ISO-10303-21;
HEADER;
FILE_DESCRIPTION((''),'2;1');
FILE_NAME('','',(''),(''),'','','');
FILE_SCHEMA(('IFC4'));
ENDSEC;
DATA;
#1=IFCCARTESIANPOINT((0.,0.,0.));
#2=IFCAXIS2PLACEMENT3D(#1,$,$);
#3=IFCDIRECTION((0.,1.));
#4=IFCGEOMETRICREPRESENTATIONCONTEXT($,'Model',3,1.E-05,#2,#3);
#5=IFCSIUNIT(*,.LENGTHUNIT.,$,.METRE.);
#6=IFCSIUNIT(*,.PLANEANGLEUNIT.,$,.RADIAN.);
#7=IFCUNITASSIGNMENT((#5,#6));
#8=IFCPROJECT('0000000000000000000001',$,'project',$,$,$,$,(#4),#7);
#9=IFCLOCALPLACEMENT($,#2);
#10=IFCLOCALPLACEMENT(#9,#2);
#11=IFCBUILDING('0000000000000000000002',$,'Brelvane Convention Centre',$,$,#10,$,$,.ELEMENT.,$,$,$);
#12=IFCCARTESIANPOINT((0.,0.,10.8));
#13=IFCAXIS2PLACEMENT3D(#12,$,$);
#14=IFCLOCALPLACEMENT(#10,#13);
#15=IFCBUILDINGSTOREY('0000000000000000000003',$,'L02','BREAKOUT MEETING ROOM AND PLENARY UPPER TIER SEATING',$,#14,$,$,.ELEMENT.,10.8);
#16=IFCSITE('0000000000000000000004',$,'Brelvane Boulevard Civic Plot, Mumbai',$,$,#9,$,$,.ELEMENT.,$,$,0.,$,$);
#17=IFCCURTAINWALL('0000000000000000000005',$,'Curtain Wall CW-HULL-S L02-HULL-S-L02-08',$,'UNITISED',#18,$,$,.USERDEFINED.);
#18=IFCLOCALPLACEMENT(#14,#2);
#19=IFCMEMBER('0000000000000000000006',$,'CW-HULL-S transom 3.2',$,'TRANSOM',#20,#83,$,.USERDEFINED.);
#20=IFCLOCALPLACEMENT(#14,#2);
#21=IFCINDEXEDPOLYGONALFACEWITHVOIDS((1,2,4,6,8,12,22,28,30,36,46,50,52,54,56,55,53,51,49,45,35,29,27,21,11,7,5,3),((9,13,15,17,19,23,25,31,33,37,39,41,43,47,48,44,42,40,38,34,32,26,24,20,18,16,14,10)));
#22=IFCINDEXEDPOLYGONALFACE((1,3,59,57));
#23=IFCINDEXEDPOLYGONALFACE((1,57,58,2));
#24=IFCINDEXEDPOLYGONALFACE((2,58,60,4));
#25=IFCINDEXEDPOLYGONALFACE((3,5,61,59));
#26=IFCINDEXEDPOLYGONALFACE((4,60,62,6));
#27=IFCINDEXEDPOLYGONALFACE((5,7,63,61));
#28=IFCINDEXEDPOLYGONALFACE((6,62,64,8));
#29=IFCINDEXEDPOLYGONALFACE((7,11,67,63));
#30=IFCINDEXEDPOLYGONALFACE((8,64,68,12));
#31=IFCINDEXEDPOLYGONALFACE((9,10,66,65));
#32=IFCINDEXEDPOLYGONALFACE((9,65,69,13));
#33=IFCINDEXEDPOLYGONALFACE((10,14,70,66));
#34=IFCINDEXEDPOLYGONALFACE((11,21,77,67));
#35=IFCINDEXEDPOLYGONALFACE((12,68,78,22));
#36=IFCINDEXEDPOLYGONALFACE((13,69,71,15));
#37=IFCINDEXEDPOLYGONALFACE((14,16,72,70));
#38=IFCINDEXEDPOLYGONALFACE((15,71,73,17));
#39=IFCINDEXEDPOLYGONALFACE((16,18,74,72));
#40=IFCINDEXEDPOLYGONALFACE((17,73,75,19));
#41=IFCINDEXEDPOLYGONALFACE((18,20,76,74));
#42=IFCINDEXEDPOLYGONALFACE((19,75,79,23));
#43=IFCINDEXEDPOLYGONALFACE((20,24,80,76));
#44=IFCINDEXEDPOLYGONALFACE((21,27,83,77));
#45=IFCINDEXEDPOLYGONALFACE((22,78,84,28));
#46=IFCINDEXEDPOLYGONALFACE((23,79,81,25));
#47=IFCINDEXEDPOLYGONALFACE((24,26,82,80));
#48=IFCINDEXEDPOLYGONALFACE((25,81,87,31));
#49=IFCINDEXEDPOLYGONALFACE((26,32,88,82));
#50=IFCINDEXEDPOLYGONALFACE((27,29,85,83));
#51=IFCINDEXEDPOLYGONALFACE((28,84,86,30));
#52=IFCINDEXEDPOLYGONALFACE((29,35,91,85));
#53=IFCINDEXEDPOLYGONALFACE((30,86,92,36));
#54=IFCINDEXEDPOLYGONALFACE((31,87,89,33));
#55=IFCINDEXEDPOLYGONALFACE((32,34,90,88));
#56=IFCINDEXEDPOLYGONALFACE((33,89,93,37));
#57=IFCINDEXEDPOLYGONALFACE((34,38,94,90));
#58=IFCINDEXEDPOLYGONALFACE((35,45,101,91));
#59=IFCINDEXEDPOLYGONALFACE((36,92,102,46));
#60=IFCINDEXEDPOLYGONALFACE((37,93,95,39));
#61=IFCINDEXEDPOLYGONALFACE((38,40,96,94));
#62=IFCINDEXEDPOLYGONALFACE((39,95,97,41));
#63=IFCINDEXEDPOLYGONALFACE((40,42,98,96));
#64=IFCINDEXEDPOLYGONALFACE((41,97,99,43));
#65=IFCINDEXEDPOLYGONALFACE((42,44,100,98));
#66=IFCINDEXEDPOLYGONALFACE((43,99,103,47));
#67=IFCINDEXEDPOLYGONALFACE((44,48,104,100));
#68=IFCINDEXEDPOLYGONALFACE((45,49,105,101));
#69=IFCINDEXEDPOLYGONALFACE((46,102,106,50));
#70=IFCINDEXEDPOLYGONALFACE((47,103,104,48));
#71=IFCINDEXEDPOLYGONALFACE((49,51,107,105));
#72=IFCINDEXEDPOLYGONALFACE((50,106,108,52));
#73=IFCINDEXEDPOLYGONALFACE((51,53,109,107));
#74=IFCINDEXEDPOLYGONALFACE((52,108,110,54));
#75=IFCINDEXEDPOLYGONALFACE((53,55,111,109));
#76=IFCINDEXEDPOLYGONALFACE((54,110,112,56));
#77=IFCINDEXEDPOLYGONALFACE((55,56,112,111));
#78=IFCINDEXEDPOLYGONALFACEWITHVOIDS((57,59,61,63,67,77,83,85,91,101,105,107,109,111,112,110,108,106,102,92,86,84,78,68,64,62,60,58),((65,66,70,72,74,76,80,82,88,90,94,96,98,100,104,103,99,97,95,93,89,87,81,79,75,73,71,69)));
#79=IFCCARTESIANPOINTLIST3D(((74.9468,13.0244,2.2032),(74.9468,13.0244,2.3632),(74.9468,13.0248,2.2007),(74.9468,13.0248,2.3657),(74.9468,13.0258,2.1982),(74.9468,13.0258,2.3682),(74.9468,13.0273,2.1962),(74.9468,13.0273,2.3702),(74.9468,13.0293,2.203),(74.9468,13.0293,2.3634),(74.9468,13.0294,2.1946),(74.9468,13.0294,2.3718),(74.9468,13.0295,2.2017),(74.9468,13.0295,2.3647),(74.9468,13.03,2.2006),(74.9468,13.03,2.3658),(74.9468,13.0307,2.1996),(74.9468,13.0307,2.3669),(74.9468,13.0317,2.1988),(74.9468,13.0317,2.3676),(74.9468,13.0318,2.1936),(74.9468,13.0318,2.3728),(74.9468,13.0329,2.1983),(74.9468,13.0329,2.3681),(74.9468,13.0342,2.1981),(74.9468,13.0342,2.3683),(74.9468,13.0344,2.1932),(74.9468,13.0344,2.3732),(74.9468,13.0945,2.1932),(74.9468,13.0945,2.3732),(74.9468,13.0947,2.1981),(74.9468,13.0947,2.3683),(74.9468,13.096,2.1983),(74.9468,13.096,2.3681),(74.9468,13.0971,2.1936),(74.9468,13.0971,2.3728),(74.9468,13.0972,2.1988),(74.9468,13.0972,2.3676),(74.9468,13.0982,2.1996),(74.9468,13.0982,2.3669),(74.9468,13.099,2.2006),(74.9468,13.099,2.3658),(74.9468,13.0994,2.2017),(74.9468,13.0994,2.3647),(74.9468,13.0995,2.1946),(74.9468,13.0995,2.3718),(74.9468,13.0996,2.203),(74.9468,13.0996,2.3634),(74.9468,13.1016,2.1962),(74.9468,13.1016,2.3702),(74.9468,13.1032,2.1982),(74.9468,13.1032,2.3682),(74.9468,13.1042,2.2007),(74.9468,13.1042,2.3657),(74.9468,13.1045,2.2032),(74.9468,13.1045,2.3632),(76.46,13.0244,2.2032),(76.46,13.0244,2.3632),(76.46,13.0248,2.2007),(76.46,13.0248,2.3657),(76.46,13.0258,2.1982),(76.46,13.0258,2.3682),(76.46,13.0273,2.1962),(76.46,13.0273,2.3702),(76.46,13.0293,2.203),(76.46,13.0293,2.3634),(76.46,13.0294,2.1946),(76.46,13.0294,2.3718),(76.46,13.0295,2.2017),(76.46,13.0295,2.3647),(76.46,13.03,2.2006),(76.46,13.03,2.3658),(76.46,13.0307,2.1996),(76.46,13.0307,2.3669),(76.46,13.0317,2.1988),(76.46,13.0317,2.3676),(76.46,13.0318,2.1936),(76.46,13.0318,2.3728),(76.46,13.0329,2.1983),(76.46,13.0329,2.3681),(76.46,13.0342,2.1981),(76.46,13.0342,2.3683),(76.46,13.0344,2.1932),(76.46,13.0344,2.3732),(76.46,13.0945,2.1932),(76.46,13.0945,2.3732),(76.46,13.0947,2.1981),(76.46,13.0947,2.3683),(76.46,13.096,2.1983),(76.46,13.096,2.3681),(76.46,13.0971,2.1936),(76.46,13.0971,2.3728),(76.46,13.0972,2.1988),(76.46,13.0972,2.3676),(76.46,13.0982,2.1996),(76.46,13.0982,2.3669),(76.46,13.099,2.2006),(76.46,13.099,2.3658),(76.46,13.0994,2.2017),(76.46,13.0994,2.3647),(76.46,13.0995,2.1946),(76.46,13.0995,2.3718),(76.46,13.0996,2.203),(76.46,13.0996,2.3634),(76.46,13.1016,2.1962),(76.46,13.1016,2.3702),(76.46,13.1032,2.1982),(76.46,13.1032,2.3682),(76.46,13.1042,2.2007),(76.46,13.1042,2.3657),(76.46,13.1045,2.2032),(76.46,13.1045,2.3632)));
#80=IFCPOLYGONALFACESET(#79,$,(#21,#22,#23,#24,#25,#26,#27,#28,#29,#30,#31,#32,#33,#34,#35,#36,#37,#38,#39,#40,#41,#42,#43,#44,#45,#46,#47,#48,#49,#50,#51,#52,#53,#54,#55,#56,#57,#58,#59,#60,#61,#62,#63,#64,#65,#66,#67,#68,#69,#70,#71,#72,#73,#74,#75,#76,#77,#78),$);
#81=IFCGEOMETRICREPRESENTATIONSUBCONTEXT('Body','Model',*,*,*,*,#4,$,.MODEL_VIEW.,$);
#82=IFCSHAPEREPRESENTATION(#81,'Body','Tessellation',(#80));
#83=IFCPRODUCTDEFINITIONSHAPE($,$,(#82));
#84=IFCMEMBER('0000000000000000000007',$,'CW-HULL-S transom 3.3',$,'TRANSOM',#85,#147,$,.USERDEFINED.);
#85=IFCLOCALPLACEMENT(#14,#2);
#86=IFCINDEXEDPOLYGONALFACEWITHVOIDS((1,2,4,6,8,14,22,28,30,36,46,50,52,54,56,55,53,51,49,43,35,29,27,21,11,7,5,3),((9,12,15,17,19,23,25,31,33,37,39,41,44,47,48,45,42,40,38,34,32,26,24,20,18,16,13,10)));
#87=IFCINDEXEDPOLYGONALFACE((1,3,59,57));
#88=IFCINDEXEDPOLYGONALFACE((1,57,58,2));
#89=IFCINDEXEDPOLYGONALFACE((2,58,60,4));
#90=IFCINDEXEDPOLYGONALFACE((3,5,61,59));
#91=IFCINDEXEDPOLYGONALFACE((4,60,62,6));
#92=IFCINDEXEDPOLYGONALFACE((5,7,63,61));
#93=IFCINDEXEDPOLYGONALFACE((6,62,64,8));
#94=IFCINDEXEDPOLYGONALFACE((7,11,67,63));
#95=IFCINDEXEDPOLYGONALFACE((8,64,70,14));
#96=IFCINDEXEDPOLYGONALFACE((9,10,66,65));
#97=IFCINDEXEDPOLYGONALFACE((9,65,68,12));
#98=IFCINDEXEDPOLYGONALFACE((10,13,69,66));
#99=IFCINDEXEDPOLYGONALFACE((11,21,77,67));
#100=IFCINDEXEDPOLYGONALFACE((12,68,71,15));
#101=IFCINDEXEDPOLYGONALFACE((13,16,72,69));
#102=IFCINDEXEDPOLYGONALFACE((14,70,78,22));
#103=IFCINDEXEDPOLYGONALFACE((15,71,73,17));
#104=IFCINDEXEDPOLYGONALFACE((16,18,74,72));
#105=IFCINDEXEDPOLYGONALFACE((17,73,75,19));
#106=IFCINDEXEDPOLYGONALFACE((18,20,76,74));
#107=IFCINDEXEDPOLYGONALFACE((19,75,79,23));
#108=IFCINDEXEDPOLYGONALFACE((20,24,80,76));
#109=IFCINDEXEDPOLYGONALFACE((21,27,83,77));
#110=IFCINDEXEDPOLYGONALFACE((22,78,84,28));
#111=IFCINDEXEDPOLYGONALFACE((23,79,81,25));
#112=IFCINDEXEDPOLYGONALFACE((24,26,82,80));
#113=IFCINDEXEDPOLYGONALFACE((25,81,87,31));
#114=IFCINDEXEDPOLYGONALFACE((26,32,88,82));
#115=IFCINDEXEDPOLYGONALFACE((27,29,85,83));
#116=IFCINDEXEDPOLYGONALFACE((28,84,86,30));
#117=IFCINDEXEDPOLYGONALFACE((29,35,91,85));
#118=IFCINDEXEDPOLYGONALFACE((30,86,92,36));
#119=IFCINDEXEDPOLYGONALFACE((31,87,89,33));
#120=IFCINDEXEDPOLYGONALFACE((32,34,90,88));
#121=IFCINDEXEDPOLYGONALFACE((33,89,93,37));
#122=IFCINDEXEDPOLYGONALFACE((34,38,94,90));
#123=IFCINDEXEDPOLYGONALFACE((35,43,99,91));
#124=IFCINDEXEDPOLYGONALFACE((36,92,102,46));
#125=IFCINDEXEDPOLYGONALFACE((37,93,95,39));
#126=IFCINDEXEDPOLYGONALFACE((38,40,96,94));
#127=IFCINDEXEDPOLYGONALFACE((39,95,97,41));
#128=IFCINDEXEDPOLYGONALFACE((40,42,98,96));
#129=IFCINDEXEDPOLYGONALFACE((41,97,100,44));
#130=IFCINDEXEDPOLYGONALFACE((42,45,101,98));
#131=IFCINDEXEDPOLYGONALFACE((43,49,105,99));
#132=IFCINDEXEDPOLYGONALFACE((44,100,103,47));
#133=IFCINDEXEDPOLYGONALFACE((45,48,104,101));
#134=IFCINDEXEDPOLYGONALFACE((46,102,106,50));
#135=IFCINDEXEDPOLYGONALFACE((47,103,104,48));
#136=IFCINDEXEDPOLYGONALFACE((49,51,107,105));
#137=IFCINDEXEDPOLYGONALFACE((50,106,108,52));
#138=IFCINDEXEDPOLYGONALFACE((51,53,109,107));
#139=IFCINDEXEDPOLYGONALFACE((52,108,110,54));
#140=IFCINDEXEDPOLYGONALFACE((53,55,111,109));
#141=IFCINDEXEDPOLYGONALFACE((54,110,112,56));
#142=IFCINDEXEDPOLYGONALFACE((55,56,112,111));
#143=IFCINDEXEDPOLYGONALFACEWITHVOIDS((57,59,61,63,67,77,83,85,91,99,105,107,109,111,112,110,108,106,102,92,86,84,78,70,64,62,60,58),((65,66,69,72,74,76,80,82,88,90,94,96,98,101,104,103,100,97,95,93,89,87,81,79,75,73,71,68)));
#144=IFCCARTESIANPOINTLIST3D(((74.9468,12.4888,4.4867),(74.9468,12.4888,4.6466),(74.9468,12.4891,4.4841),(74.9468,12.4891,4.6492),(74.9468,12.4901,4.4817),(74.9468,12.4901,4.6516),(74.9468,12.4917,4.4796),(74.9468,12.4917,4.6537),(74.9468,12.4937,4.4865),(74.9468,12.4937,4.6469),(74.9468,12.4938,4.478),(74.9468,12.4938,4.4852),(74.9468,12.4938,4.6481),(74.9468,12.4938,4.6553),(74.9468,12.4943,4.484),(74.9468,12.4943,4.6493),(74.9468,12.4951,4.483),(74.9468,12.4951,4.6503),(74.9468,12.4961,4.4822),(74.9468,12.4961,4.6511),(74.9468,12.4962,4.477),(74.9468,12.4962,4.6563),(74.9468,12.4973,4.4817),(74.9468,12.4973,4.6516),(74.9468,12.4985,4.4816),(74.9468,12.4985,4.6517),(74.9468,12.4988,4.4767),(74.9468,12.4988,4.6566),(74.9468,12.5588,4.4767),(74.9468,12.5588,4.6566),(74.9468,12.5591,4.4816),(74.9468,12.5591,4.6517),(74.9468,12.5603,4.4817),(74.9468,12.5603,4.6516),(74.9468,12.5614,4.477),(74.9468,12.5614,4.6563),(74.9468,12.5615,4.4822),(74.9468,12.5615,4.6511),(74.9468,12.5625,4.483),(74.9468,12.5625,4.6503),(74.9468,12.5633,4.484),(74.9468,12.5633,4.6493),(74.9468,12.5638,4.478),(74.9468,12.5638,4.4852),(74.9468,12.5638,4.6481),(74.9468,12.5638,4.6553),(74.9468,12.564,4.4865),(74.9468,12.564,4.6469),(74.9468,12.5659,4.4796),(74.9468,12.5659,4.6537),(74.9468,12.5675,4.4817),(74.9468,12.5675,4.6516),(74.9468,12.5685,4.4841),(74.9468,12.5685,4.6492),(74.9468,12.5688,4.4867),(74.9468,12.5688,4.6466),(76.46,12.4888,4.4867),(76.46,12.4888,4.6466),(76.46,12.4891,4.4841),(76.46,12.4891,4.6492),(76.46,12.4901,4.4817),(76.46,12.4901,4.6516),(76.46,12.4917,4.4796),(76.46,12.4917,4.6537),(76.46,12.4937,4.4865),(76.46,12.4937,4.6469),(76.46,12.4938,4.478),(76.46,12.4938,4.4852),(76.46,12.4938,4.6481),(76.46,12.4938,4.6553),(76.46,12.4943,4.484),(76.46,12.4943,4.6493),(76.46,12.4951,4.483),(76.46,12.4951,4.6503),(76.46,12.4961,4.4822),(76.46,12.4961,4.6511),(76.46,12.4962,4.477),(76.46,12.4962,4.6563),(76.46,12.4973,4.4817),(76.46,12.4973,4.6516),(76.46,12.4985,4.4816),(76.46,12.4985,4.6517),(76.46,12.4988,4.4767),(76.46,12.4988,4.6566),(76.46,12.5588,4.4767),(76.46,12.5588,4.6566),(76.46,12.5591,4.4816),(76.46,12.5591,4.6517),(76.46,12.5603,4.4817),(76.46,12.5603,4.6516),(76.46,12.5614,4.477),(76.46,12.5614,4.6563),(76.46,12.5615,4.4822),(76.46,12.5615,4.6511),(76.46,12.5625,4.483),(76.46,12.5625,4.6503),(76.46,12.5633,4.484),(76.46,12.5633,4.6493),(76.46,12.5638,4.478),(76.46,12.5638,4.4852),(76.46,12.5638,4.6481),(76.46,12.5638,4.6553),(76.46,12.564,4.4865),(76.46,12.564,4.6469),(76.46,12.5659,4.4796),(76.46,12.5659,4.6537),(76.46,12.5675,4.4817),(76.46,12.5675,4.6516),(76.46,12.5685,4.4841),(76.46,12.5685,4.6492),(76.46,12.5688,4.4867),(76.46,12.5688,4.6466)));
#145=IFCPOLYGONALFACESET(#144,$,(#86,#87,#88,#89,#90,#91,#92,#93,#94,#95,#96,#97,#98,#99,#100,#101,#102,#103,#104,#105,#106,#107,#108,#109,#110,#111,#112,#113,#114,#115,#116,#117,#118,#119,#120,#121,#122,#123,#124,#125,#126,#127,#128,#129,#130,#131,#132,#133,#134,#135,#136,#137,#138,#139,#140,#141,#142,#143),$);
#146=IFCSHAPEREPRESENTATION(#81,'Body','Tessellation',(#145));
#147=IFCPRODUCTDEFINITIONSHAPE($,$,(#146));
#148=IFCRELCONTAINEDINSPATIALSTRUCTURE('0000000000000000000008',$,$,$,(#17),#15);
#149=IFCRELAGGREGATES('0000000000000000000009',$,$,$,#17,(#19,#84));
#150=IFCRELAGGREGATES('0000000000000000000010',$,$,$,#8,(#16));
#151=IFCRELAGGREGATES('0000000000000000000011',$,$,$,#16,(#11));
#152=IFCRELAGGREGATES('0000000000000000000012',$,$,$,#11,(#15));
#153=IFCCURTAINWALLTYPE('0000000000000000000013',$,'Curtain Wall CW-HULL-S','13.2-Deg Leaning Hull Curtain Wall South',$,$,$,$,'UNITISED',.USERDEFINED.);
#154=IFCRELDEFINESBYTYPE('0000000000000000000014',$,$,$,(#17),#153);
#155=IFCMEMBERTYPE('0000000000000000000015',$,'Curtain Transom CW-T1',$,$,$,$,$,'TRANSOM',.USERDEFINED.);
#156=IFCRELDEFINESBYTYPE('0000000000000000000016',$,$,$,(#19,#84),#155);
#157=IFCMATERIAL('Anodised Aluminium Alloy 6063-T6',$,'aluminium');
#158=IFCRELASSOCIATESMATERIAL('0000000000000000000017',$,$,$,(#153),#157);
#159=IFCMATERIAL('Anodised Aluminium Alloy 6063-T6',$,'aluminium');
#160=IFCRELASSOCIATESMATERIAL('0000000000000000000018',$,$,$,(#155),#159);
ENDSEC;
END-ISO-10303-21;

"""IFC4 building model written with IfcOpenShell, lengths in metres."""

from ifc_helpers import new_model, si_unit, direction, frame, origin, origin_2d, place, context, subcontext, project, spatial, hollow_rectangle, extrude, material, material_profile, profile_set, type_object, element, aggregate, save


model = new_model("IFC4")

# Units and contexts
model_context = context("Model", 3, precision=1e-05, world=origin(), true_north=direction((0.0, 1.0)))
body_context = subcontext(model_context, "Body", "Model", "MODEL_VIEW")
ifc_project = project(units=[si_unit("LENGTHUNIT", "METRE"), si_unit("PLANEANGLEUNIT", "RADIAN")], contexts=[model_context])

# Site, building, storey
site_placement = place(None, origin())
site = spatial("IfcSite", under=ifc_project, at=site_placement, Name="Brelvane Boulevard Civic Plot, Mumbai", CompositionType="ELEMENT", RefElevation=0.0)
building_placement = place(site_placement, origin())
building = spatial("IfcBuilding", under=site, at=building_placement, Name="Brelvane Convention Centre", CompositionType="ELEMENT")
storey_placement = place(building_placement, frame((0.0, 0.0, 10.8)))
storey = spatial("IfcBuildingStorey", under=building, at=storey_placement, Name="L02", Description="BREAKOUT MEETING ROOM AND PLENARY UPPER TIER SEATING", CompositionType="ELEMENT", Elevation=10.8)

# Curtain wall, members
ifc_material_1 = material(Name="Anodised Aluminium Alloy 6063-T6", Category="aluminium")
curtain_wall_type = type_object("IfcCurtainWallType", Name="Curtain Wall CW-HULL-S", Description="13.2-Deg Leaning Hull Curtain Wall South", ElementType="UNITISED", PredefinedType="USERDEFINED", material=ifc_material_1)
curtain_wall_1_placement = place(storey_placement, origin())
curtain_wall_1 = element("IfcCurtainWall", 1, at=curtain_wall_1_placement, inside=storey, type_object=curtain_wall_type, Name="Curtain Wall CW-HULL-S L02-HULL-S-L02-08", ObjectType="UNITISED", PredefinedType="USERDEFINED")
ifc_material_2 = material(Name="Anodised Aluminium Alloy 6063-T6", Category="aluminium")
ifc_material_profile = material_profile(ifc_material_2, hollow_rectangle(XDim=0.0801, YDim=0.1799, WallThickness=0.0049, InnerFilletRadius=0.0049, OuterFilletRadius=0.01, at=origin_2d()), Name="ALU-T 180x80x5.0")
ifc_profile_set = profile_set([ifc_material_profile], Name="Anodised Aluminium Alloy 6063-T6")
member_type = type_object("IfcMemberType", Name="Curtain Transom CW-T1", ElementType="TRANSOM", PredefinedType="USERDEFINED", material=ifc_profile_set)
member_1_placement = place(storey_placement, frame((74.9468, 13.0645, 2.2832), z_axis=(1.0, 0.0, 0.0), x_axis=(0.0, 1.0, 0.0)))
member_1 = element("IfcMember", 2, at=member_1_placement, type_object=member_type, Name="CW-HULL-S transom 3.2", ObjectType="TRANSOM", PredefinedType="USERDEFINED", context=body_context, shape_type="SweptSolid", body=[
    extrude(hollow_rectangle(XDim=0.0801, YDim=0.1799, WallThickness=0.0049, InnerFilletRadius=0.0049, OuterFilletRadius=0.01, at=origin_2d()), origin(), (0.0, 0.0, 1.0), 1.5132),
])
member_2_placement = place(storey_placement, frame((74.9468, 12.5288, 4.5667), z_axis=(1.0, 0.0, 0.0), x_axis=(0.0, 1.0, 0.0)))
member_2 = element("IfcMember", 3, at=member_2_placement, type_object=member_type, Name="CW-HULL-S transom 3.3", ObjectType="TRANSOM", PredefinedType="USERDEFINED", context=body_context, shape_type="SweptSolid", body=[
    extrude(hollow_rectangle(XDim=0.0801, YDim=0.1799, WallThickness=0.0049, InnerFilletRadius=0.0049, OuterFilletRadius=0.01, at=origin_2d()), origin(), (0.0, 0.0, 1.0), 1.5132),
])

aggregate(curtain_wall_1, [member_1, member_2])

save(model, "model.ifc")
